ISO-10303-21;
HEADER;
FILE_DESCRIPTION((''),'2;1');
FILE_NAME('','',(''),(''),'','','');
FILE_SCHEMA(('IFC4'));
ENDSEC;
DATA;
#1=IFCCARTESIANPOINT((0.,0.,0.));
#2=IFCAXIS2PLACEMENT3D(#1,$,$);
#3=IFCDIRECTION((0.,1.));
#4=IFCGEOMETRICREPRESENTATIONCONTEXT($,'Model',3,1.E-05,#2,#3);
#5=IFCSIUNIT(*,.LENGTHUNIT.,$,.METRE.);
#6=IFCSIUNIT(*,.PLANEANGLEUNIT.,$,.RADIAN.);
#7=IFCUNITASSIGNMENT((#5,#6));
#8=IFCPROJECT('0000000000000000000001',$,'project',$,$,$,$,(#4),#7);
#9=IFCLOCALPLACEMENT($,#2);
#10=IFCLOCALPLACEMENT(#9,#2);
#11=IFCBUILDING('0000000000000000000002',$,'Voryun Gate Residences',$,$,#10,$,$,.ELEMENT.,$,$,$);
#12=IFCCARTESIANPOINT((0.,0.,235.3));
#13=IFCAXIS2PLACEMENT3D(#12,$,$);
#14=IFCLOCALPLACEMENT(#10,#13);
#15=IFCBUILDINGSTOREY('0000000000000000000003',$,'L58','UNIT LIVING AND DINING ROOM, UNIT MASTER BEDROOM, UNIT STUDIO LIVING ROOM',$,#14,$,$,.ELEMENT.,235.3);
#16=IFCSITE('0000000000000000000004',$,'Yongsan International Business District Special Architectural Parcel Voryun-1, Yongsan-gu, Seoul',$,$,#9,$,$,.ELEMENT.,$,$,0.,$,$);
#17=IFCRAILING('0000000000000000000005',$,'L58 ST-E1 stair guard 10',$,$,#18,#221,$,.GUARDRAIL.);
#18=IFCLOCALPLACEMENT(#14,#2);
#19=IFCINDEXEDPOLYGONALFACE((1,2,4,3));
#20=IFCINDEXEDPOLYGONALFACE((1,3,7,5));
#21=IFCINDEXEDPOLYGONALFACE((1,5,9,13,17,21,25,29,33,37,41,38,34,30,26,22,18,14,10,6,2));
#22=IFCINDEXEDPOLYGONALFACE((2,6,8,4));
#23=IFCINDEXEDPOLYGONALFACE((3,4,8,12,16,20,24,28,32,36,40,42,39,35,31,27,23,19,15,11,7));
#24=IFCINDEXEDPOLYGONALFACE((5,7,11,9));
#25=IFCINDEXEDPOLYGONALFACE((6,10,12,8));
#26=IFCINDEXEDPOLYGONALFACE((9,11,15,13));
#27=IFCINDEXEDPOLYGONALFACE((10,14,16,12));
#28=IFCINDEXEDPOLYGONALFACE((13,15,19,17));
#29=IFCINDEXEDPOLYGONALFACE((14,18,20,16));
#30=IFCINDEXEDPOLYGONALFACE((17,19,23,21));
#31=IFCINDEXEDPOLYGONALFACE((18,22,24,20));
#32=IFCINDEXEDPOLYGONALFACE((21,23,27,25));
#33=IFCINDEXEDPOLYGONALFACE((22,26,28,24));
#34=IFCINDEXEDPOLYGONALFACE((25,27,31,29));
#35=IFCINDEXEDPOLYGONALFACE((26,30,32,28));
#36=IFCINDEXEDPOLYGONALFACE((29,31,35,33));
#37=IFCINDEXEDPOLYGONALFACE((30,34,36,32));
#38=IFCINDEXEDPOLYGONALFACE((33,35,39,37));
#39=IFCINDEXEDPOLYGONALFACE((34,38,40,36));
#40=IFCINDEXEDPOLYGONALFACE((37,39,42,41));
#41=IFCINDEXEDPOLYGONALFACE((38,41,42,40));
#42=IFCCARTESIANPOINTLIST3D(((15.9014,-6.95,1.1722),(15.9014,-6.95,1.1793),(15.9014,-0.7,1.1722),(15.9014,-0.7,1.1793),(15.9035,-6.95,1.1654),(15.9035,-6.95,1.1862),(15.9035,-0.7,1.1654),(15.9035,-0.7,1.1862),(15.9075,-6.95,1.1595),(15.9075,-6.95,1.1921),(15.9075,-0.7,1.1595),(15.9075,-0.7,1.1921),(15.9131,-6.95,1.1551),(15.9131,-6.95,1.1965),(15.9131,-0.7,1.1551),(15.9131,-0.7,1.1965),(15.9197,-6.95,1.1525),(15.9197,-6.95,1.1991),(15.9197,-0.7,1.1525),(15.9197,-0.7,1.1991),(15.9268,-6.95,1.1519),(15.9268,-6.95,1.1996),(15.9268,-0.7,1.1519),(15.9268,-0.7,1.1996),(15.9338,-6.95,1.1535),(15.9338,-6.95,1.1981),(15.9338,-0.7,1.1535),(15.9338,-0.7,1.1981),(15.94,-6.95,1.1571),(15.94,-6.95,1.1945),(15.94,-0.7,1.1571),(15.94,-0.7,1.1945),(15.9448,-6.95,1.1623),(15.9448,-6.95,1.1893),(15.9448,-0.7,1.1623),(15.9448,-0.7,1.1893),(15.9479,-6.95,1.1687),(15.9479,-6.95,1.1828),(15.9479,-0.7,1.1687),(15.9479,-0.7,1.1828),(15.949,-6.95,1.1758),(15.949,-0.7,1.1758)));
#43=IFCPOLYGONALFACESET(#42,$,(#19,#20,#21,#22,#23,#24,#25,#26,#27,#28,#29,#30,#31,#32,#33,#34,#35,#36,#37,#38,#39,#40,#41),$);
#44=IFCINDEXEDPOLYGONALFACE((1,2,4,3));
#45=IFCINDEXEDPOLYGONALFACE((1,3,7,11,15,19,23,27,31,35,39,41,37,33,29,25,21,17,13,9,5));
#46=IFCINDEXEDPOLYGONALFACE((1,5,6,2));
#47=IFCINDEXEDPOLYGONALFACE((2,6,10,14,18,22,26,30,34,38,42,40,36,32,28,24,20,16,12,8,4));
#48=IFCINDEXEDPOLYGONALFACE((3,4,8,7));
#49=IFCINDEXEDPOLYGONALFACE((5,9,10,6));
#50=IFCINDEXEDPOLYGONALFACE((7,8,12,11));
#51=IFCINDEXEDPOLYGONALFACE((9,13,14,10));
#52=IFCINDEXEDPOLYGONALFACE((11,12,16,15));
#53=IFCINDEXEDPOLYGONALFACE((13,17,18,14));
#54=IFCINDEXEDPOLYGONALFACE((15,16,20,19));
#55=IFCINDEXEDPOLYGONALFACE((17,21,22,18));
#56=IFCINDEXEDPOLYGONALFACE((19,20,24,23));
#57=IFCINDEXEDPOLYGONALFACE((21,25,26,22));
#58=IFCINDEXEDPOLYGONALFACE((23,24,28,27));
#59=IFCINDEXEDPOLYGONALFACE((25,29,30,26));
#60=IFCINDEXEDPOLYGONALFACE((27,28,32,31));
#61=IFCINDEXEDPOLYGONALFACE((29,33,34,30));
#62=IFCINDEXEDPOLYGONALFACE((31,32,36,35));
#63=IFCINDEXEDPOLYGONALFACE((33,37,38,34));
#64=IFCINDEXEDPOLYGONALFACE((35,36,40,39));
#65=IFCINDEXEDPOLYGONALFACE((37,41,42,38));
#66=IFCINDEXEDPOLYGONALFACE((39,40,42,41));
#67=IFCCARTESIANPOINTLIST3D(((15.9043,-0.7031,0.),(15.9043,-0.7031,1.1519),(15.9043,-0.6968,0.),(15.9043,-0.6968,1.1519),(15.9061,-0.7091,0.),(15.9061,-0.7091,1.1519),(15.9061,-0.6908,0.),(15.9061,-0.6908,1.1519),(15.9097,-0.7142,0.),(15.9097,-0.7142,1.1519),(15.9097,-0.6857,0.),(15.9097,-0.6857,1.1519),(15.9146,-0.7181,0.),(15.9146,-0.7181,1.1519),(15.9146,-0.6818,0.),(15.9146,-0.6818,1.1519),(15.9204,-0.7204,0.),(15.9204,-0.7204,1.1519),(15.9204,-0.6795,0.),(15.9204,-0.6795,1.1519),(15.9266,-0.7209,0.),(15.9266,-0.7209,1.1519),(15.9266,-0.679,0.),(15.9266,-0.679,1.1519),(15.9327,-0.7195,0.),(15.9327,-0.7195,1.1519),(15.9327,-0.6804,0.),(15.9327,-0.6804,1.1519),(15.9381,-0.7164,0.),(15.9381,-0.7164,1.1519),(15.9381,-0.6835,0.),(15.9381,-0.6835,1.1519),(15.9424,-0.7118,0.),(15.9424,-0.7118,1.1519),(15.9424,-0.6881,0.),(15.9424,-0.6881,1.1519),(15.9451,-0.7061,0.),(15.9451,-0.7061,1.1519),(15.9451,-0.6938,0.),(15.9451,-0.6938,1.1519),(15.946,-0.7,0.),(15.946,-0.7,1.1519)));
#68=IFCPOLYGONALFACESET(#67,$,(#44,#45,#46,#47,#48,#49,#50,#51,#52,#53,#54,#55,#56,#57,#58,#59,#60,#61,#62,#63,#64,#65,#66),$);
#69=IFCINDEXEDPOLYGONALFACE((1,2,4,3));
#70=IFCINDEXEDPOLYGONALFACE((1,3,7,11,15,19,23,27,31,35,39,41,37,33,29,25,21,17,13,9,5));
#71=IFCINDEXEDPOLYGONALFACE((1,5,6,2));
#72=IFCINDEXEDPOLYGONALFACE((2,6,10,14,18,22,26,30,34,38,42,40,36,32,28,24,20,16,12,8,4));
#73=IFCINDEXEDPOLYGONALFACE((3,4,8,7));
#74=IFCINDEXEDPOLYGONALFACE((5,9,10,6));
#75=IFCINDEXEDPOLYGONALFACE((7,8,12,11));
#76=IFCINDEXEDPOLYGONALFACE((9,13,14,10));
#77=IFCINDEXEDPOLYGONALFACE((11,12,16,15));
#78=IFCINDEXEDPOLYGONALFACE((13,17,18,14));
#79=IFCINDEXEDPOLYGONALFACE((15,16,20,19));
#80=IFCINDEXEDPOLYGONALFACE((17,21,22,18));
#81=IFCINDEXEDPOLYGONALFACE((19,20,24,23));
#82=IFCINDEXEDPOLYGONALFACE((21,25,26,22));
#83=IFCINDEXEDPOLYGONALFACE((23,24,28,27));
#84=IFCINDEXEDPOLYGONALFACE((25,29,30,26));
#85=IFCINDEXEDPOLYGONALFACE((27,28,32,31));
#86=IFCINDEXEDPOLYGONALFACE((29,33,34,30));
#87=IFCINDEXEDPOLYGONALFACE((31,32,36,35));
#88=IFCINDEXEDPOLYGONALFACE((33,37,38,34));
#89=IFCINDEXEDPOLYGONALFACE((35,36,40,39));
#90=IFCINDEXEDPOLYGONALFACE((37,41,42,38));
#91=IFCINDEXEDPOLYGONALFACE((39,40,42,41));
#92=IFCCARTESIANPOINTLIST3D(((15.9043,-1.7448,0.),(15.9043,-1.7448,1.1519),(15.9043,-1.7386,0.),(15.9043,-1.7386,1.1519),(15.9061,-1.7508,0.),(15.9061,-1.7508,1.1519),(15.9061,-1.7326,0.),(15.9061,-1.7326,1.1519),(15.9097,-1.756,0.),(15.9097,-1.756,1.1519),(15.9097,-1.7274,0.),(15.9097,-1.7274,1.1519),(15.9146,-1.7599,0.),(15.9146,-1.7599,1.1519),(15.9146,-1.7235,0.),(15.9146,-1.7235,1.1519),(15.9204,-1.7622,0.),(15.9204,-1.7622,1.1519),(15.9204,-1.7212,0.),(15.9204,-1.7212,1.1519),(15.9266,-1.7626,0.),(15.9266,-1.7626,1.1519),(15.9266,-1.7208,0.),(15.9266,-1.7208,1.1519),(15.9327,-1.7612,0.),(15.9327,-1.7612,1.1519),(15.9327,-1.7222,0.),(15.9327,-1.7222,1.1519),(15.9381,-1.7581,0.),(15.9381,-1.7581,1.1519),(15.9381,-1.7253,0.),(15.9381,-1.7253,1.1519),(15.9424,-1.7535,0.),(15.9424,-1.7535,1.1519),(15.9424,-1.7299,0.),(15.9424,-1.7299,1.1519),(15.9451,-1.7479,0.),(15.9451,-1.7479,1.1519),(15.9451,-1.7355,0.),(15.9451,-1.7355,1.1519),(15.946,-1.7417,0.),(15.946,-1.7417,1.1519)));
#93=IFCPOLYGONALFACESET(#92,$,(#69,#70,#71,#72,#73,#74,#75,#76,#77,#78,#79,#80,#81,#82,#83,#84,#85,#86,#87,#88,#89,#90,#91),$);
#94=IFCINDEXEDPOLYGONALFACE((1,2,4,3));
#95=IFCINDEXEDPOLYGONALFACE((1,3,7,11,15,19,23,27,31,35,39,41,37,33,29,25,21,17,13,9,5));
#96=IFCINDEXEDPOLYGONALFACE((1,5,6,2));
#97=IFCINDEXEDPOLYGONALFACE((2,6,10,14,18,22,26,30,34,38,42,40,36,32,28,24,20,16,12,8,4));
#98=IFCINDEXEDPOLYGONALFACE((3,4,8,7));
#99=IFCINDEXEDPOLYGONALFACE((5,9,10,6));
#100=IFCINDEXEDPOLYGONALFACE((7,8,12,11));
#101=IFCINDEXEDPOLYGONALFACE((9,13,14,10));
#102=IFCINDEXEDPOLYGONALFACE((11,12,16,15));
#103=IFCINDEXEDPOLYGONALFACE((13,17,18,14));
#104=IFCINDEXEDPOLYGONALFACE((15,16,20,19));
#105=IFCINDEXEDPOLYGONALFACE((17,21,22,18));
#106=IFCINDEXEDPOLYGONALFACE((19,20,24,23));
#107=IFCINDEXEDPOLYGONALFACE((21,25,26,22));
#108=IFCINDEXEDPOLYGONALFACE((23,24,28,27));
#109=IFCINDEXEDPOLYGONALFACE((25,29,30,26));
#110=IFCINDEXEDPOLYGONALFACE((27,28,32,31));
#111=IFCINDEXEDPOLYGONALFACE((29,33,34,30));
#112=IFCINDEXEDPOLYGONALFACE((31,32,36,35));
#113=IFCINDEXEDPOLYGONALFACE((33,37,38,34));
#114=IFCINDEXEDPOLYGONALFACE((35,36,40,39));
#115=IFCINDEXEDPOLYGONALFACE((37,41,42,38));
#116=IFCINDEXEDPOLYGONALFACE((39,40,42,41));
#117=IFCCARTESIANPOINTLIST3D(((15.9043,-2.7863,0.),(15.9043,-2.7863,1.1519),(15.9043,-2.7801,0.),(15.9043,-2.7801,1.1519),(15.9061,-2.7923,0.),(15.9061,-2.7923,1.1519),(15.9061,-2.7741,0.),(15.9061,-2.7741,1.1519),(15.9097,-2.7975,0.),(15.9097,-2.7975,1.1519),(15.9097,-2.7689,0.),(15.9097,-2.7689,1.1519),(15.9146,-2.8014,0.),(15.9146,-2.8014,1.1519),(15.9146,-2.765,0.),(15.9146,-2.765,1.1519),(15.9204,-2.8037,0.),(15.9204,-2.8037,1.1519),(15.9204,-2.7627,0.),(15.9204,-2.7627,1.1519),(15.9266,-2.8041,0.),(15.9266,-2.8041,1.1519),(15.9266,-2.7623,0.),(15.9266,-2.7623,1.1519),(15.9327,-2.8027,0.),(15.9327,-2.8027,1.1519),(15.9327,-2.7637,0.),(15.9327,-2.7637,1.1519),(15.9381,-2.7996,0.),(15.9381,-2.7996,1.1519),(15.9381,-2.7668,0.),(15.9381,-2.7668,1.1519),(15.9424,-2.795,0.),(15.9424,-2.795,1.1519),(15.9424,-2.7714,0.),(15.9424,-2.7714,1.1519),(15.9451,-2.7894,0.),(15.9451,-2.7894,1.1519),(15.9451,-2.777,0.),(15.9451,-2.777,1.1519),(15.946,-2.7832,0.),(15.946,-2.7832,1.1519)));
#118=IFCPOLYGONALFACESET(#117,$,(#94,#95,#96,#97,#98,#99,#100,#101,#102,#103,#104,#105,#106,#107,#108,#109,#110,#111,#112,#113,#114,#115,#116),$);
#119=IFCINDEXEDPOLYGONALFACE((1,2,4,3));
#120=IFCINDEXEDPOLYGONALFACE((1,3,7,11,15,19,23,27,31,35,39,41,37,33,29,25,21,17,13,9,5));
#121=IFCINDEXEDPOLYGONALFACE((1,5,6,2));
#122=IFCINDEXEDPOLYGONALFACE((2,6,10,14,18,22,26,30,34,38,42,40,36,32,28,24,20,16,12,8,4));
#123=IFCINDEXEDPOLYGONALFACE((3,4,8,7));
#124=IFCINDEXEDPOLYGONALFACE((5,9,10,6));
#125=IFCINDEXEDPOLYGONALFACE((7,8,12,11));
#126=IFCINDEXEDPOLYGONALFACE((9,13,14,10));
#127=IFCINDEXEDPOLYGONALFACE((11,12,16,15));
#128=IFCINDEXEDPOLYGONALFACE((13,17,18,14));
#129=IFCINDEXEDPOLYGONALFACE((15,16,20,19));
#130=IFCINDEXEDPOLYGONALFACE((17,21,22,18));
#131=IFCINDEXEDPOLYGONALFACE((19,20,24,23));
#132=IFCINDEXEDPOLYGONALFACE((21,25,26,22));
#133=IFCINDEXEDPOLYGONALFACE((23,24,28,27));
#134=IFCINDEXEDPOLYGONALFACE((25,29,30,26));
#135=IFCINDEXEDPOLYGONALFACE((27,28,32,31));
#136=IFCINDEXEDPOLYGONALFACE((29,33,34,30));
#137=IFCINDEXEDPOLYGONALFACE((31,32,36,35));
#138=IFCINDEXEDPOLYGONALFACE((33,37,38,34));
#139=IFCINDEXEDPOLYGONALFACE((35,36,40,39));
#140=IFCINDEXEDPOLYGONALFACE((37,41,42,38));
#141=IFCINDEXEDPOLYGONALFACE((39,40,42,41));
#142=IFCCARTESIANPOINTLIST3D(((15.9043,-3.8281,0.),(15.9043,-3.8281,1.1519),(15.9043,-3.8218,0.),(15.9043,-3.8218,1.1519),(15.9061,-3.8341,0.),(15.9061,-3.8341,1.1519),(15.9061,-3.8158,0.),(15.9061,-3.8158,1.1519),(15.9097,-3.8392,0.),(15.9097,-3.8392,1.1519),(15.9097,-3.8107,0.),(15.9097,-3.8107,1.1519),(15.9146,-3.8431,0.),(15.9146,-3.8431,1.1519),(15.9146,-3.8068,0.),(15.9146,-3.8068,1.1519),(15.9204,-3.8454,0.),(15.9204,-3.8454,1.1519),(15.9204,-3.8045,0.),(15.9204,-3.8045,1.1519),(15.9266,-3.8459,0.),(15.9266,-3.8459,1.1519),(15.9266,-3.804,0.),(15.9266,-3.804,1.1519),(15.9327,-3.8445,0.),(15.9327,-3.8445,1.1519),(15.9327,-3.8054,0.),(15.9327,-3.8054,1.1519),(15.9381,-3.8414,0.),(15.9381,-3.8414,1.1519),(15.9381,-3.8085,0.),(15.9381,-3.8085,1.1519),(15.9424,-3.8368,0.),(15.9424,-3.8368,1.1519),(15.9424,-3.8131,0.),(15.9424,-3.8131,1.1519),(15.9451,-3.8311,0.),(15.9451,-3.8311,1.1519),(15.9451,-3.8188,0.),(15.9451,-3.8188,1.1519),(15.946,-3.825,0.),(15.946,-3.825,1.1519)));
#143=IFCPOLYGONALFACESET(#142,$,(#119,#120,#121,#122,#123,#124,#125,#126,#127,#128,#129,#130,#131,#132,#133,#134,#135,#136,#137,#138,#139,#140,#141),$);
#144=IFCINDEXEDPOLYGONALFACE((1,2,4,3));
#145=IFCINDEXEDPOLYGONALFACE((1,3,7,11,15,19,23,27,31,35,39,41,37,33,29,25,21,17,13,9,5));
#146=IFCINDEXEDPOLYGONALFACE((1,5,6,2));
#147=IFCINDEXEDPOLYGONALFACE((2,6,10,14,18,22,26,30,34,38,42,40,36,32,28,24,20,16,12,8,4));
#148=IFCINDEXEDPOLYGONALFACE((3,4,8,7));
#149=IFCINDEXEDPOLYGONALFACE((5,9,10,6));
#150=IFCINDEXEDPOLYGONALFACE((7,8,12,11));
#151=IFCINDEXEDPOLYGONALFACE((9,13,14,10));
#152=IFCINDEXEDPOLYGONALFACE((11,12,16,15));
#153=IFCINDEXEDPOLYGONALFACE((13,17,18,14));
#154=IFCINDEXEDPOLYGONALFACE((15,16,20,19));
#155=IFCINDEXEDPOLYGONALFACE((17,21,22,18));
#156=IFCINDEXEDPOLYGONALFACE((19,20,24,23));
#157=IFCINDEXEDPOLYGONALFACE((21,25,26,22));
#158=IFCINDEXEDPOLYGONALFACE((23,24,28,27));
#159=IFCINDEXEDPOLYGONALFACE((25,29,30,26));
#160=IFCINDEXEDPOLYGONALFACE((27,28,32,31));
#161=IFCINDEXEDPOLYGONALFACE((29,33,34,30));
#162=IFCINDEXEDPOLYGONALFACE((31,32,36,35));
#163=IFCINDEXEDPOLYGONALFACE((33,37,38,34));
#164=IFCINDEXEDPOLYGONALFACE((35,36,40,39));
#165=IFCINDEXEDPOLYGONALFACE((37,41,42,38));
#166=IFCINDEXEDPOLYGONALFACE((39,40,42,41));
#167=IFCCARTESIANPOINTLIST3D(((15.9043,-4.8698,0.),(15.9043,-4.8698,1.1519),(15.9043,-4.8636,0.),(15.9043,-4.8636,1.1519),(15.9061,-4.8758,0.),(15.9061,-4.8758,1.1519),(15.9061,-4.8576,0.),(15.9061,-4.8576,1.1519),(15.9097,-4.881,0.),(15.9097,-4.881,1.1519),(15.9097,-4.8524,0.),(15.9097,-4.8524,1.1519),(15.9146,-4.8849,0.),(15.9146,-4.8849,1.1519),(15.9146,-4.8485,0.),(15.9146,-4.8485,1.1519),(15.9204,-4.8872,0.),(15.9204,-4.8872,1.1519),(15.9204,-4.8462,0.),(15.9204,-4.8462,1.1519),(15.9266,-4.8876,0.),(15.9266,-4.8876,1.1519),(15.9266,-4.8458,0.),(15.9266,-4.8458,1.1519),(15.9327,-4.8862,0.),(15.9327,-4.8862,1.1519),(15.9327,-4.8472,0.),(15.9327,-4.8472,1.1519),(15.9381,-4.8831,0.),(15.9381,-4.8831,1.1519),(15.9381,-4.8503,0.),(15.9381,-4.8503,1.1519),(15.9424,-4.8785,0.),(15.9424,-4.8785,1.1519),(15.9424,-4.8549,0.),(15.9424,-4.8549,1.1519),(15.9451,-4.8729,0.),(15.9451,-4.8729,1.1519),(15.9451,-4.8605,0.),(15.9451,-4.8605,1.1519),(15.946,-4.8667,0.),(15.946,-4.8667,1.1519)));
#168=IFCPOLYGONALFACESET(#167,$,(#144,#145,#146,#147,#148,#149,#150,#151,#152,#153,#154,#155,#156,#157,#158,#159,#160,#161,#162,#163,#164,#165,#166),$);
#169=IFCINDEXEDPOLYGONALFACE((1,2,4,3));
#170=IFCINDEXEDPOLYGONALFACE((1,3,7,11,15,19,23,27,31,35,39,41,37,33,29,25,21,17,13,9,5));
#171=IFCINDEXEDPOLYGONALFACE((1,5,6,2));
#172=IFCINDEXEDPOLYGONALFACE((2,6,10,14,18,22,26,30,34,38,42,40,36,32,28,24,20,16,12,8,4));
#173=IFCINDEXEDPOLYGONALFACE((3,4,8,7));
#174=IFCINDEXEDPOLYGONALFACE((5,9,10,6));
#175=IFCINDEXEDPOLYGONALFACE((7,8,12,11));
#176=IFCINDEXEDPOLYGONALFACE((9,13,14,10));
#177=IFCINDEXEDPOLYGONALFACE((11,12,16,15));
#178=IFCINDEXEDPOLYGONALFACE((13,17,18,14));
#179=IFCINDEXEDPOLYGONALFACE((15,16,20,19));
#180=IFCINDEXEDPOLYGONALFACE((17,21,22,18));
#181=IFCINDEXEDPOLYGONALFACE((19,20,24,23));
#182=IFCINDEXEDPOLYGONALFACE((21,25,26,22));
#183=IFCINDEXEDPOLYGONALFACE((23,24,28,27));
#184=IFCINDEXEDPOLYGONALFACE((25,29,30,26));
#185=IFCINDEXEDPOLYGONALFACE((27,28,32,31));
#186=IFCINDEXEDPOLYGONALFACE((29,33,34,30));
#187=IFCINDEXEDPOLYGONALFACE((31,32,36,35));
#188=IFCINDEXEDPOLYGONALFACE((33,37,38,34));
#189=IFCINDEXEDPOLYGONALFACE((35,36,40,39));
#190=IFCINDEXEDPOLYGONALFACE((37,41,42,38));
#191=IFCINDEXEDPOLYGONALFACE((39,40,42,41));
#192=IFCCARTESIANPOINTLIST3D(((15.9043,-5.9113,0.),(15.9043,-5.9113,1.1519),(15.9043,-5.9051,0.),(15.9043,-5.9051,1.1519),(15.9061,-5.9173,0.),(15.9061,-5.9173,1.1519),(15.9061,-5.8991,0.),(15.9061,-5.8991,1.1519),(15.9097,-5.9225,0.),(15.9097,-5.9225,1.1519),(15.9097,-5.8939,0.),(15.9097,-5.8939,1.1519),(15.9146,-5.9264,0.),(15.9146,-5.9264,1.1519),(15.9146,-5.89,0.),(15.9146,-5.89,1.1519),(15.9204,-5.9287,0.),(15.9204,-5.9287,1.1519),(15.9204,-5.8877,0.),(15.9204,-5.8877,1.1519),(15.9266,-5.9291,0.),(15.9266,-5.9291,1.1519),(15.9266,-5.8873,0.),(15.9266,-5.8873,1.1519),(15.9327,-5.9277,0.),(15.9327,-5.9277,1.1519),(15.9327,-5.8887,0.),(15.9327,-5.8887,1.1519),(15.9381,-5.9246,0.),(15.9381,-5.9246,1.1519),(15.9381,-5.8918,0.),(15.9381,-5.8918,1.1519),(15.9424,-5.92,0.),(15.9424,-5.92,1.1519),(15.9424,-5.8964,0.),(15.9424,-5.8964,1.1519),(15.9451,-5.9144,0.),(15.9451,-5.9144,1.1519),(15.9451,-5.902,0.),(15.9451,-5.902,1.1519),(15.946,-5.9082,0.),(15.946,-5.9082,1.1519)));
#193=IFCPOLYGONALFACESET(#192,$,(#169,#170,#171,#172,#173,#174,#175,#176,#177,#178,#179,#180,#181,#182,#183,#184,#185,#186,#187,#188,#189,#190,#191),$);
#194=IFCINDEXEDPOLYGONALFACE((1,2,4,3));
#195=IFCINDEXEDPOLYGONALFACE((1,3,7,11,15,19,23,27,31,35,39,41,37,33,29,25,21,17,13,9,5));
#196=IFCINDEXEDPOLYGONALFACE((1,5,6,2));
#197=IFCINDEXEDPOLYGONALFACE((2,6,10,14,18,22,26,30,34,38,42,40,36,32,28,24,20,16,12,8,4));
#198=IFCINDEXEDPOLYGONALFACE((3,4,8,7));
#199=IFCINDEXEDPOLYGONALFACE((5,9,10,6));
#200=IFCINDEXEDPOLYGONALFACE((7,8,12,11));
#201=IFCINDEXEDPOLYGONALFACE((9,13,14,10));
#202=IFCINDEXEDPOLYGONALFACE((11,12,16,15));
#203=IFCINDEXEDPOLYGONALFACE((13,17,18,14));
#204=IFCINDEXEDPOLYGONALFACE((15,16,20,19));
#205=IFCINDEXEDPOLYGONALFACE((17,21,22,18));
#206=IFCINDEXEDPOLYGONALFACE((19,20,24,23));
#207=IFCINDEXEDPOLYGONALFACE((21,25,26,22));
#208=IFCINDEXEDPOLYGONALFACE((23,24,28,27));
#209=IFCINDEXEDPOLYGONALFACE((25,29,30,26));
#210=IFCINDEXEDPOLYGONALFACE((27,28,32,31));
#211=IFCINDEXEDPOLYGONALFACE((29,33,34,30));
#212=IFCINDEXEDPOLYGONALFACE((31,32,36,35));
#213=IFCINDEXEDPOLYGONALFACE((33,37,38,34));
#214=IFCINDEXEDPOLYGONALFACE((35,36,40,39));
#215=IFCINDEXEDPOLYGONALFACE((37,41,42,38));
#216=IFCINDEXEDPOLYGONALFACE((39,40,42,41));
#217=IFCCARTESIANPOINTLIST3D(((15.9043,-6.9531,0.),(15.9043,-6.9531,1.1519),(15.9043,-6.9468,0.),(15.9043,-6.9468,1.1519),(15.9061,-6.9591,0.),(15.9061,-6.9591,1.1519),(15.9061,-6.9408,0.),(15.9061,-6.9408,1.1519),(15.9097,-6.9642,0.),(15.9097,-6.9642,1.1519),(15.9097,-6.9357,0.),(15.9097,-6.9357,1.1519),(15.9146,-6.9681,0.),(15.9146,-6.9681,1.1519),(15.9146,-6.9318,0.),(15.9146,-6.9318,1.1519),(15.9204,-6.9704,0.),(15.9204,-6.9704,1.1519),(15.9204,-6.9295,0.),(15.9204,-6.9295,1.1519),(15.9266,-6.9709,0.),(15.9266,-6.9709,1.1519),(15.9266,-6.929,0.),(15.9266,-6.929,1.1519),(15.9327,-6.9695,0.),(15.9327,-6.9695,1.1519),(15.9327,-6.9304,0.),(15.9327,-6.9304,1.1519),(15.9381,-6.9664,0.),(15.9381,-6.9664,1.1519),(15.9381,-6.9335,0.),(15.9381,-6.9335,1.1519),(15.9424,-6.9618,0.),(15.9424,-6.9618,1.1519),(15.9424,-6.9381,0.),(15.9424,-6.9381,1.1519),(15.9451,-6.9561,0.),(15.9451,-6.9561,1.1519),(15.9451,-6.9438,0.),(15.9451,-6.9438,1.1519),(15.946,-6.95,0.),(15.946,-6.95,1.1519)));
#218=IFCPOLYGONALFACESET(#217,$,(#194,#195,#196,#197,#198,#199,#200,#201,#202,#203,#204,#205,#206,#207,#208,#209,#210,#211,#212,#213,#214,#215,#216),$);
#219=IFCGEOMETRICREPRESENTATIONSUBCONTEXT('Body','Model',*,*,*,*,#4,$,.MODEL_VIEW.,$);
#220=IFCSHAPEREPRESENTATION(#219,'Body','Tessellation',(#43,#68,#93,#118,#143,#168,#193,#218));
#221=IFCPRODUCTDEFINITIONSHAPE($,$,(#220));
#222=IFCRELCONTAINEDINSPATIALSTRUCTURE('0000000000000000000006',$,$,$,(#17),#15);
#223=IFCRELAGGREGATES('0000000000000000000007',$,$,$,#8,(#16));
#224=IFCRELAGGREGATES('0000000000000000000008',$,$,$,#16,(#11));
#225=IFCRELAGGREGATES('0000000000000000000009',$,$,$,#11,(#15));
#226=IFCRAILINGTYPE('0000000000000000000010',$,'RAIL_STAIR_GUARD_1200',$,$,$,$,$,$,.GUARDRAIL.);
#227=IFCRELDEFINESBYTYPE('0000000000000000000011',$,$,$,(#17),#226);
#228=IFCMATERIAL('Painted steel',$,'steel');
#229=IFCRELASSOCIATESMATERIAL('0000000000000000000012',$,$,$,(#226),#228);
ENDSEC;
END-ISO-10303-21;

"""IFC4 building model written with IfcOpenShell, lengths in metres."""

from ifc_helpers import new_model, si_unit, direction, frame, origin, origin_2d, place, context, subcontext, project, spatial, circle, extrude, material, type_object, element, save


model = new_model("IFC4")

# Units and contexts
model_context = context("Model", 3, precision=1e-05, world=origin(), true_north=direction((0.0, 1.0)))
body_context = subcontext(model_context, "Body", "Model", "MODEL_VIEW")
ifc_project = project(units=[si_unit("LENGTHUNIT", "METRE"), si_unit("PLANEANGLEUNIT", "RADIAN")], contexts=[model_context])

# Site, building, storey
site_placement = place(None, origin())
site = spatial("IfcSite", under=ifc_project, at=site_placement, Name="Yongsan International Business District Special Architectural Parcel Voryun-1, Yongsan-gu, Seoul", CompositionType="ELEMENT", RefElevation=0.0)
building_placement = place(site_placement, origin())
building = spatial("IfcBuilding", under=site, at=building_placement, Name="Voryun Gate Residences", CompositionType="ELEMENT")
storey_placement = place(building_placement, frame((0.0, 0.0, 235.3)))
storey = spatial("IfcBuildingStorey", under=building, at=storey_placement, Name="L58", Description="UNIT LIVING AND DINING ROOM, UNIT MASTER BEDROOM, UNIT STUDIO LIVING ROOM", CompositionType="ELEMENT", Elevation=235.3)

# Railing
ifc_material_1 = material(Name="Painted steel", Category="steel")
railing_type_1 = type_object("IfcRailingType", Name="RAIL_STAIR_GUARD_1200", PredefinedType="GUARDRAIL", material=ifc_material_1)
railing_1_placement = place(storey_placement, frame((15.925, -0.7, 0.0)))
element("IfcRailing", 1, at=railing_1_placement, inside=storey, type_object=railing_type_1, Name="L58 ST-E1 stair guard 10", PredefinedType="GUARDRAIL", context=body_context, shape_type="SweptSolid", body=[
    extrude(circle(Radius=0.0239, at=origin_2d()), frame((0.0, 0.0, 1.1758), z_axis=(0.0, -1.0, 0.0), x_axis=(1.0, 0.0, 0.0)), (0.0, 0.0, 1.0), 6.25),
    extrude(circle(Radius=0.021, at=origin_2d()), origin(), (0.0, 0.0, 1.0), 1.1519),
    extrude(circle(Radius=0.021, at=origin_2d()), frame((0.0, -1.0417, 0.0)), (0.0, 0.0, 1.0), 1.1519),
    extrude(circle(Radius=0.021, at=origin_2d()), frame((0.0, -2.0833, 0.0)), (0.0, 0.0, 1.0), 1.1519),
    extrude(circle(Radius=0.021, at=origin_2d()), frame((0.0, -3.125, 0.0)), (0.0, 0.0, 1.0), 1.1519),
    extrude(circle(Radius=0.021, at=origin_2d()), frame((0.0, -4.1667, 0.0)), (0.0, 0.0, 1.0), 1.1519),
    extrude(circle(Radius=0.021, at=origin_2d()), frame((0.0, -5.2083, 0.0)), (0.0, 0.0, 1.0), 1.1519),
    extrude(circle(Radius=0.021, at=origin_2d()), frame((0.0, -6.25, 0.0)), (0.0, 0.0, 1.0), 1.1519),
])

save(model, "model.ifc")
